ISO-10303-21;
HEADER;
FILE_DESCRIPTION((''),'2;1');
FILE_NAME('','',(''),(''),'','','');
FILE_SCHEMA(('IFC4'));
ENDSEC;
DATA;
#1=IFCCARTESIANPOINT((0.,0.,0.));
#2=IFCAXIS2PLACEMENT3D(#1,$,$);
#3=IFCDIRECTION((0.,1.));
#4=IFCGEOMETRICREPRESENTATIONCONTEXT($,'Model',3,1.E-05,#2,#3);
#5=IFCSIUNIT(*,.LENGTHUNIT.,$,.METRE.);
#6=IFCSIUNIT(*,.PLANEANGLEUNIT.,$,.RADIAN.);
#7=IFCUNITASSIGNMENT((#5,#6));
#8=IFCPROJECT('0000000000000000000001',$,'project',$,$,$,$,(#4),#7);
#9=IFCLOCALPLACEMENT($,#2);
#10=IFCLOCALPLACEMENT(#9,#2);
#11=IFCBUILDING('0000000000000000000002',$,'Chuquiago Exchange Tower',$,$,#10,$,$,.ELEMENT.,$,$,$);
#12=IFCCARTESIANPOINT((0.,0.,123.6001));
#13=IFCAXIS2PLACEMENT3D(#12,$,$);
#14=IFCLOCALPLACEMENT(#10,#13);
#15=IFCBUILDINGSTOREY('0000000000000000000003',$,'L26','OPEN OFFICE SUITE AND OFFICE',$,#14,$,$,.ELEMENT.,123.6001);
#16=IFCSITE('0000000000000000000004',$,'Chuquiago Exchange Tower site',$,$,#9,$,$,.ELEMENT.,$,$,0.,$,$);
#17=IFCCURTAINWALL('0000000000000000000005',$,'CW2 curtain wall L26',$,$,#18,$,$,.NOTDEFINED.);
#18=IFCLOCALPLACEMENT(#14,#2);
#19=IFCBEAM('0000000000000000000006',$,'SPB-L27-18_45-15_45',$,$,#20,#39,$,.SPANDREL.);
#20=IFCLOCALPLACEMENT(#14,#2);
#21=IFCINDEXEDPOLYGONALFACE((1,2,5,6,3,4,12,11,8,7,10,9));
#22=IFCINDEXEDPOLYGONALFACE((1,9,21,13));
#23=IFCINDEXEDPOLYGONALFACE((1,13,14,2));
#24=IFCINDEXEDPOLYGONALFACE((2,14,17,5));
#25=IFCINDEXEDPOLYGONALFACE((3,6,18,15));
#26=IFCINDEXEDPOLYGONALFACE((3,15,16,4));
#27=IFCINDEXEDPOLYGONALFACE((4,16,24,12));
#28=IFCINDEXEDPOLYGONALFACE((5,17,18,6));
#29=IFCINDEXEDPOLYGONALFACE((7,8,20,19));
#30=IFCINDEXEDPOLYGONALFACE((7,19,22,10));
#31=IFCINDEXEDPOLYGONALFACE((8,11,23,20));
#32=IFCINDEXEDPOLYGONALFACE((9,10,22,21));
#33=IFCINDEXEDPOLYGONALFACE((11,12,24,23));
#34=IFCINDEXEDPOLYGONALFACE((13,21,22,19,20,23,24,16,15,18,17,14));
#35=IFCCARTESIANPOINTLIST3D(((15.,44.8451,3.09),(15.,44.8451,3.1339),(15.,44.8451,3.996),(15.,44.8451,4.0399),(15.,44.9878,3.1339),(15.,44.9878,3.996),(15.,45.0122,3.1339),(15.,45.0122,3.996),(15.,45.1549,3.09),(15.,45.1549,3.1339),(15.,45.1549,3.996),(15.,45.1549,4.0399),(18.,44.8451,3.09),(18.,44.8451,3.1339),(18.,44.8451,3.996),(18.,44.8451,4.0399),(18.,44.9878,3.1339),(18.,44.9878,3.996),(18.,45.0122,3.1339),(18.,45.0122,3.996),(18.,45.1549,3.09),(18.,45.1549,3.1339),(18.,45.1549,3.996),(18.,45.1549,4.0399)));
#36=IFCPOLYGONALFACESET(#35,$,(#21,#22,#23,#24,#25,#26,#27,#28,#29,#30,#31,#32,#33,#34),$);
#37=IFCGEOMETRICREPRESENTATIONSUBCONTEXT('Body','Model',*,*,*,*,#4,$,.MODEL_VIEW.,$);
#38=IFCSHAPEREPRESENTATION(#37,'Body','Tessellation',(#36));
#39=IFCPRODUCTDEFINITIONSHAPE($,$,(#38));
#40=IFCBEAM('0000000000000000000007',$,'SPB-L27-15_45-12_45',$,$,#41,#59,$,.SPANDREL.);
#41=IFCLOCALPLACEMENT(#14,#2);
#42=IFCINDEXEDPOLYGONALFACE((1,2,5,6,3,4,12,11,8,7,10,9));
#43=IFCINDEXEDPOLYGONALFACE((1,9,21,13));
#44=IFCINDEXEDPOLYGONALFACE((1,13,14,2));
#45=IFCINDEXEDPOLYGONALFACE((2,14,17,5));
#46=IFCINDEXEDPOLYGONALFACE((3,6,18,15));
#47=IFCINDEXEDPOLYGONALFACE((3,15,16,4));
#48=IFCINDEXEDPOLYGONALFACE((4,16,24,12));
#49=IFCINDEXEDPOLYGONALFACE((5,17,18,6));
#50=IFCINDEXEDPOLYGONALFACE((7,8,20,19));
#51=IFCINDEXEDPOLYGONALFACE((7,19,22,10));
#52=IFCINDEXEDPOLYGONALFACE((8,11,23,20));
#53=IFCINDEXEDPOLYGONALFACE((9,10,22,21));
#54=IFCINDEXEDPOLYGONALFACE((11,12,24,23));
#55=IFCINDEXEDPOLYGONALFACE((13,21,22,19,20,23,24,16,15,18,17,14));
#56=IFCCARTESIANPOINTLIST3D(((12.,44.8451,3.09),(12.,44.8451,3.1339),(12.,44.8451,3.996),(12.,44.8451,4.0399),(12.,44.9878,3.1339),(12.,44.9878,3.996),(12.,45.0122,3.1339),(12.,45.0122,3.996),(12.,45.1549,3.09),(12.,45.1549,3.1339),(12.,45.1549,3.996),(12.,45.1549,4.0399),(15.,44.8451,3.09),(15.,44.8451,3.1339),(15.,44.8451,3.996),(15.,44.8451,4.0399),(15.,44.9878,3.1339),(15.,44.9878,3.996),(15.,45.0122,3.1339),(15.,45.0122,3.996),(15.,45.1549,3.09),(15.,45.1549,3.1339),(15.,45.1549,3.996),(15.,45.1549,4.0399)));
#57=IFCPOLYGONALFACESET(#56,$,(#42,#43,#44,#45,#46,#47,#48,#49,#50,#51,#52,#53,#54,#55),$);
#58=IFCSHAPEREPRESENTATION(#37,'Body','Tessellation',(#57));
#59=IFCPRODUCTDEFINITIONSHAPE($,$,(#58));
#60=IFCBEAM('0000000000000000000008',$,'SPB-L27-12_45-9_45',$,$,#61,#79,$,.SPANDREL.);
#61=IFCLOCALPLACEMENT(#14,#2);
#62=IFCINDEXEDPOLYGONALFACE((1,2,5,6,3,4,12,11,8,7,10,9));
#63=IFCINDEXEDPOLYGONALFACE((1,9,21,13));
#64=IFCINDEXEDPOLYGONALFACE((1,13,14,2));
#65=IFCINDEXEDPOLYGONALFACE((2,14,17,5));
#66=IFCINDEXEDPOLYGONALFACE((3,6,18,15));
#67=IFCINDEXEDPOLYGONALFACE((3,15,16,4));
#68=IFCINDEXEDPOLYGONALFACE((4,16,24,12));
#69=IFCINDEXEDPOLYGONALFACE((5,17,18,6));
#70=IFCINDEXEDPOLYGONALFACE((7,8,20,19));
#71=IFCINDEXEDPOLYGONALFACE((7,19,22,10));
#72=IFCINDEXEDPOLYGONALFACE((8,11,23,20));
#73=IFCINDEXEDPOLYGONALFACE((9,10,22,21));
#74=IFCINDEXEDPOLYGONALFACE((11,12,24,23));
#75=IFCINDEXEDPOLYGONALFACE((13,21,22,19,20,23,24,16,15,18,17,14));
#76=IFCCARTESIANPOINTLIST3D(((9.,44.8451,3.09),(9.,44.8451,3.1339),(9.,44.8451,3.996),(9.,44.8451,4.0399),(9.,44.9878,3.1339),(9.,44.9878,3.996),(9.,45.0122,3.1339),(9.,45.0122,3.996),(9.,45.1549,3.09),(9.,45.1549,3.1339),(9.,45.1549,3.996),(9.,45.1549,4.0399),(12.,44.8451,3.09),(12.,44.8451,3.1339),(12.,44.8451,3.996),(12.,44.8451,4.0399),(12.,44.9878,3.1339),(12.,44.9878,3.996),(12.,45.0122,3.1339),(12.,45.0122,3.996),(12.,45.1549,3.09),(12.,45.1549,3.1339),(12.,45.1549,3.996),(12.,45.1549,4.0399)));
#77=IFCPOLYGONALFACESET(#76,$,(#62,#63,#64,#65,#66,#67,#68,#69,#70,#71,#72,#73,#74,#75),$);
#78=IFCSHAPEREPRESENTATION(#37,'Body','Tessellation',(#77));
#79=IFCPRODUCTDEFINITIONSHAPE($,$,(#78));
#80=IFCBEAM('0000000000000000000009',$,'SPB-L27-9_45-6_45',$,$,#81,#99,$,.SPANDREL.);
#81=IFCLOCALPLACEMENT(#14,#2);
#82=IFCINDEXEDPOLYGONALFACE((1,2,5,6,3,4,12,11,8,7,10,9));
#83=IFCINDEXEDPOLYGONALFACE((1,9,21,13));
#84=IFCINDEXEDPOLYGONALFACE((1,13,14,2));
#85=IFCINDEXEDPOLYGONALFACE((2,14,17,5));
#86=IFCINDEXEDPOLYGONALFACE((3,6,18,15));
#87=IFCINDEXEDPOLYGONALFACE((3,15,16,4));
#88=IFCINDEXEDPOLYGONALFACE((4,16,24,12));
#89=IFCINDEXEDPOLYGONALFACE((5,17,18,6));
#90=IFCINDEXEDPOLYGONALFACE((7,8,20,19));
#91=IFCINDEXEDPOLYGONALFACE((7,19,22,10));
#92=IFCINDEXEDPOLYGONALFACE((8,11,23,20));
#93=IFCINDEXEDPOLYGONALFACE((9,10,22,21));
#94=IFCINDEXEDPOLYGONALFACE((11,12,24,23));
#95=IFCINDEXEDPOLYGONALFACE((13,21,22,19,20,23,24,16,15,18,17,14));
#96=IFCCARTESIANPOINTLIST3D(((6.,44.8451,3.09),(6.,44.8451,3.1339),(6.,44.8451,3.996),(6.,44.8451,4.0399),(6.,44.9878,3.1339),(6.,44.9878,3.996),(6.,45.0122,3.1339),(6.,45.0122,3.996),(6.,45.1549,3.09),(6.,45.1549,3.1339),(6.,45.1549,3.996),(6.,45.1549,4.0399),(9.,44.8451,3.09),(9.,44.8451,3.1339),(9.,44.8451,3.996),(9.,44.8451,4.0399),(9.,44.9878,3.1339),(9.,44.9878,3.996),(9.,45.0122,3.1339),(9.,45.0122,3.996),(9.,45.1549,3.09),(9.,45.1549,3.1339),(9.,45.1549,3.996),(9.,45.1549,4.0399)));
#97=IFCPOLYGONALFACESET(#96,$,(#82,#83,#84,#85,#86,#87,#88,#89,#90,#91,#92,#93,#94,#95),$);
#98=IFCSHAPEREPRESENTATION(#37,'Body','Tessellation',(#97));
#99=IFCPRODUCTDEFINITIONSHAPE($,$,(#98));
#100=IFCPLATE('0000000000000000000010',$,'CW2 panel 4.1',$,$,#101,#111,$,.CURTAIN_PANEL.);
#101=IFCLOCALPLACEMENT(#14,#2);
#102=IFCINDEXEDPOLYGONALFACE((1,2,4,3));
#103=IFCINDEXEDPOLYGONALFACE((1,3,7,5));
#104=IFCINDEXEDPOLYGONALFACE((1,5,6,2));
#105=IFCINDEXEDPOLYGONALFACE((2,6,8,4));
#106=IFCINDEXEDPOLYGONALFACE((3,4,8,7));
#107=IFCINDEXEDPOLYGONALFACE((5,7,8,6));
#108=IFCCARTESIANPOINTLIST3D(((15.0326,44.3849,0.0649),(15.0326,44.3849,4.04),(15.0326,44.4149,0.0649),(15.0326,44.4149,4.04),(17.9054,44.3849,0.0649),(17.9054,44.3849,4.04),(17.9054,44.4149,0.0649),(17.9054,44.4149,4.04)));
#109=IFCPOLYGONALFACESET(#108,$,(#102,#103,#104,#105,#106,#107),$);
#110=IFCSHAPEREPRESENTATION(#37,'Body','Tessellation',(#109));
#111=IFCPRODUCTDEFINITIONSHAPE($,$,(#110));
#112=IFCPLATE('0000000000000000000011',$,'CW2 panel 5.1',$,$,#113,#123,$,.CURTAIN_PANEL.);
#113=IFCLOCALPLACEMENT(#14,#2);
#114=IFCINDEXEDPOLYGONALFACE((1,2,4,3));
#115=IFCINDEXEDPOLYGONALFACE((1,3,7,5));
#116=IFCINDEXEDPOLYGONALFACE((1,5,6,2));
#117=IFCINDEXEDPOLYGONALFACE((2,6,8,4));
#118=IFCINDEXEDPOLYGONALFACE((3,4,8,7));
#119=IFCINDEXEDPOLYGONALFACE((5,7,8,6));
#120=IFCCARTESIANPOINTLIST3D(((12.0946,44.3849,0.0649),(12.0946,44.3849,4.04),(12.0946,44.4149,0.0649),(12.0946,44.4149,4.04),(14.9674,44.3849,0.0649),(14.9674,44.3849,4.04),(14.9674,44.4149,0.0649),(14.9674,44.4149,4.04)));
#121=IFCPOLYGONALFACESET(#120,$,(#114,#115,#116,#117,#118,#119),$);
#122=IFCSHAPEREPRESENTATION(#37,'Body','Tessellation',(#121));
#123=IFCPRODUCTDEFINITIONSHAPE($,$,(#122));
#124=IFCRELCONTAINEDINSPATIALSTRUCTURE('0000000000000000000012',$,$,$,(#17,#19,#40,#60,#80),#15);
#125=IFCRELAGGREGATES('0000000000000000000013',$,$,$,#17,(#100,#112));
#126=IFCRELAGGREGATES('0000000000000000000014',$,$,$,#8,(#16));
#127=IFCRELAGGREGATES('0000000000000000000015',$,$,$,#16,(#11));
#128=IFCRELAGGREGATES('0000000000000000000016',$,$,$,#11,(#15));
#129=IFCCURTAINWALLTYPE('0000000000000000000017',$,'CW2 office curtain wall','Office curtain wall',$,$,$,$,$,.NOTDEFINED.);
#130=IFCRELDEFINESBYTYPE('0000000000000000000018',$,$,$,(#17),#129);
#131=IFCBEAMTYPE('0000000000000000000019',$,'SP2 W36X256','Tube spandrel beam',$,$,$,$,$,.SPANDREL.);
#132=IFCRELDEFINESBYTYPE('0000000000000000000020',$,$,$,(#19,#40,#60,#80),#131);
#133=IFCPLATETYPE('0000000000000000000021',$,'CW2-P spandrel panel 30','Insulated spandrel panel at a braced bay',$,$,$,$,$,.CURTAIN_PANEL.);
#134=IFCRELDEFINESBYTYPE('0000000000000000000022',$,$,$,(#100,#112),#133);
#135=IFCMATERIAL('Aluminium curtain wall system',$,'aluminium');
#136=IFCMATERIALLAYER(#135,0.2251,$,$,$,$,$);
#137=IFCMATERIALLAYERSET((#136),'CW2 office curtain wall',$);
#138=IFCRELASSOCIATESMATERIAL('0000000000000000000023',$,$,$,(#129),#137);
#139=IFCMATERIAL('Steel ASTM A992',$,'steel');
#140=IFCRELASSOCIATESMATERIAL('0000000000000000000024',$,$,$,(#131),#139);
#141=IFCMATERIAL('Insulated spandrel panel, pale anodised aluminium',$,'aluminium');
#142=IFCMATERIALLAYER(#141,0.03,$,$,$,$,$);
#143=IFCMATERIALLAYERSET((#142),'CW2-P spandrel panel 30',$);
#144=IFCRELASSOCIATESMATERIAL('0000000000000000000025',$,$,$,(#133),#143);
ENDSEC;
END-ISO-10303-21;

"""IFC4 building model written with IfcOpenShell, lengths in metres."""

from ifc_helpers import new_model, si_unit, direction, frame, origin, origin_2d, place, context, subcontext, project, spatial, rectangle, i_section, extrude, material, layer, layer_set, material_profile, profile_set, type_object, element, aggregate, save


model = new_model("IFC4")

# Units and contexts
model_context = context("Model", 3, precision=1e-05, world=origin(), true_north=direction((0.0, 1.0)))
body_context = subcontext(model_context, "Body", "Model", "MODEL_VIEW")
ifc_project = project(units=[si_unit("LENGTHUNIT", "METRE"), si_unit("PLANEANGLEUNIT", "RADIAN")], contexts=[model_context])

# Site, building, storey
site_placement = place(None, origin())
site = spatial("IfcSite", under=ifc_project, at=site_placement, Name="Chuquiago Exchange Tower site", CompositionType="ELEMENT", RefElevation=0.0)
building_placement = place(site_placement, origin())
building = spatial("IfcBuilding", under=site, at=building_placement, Name="Chuquiago Exchange Tower", CompositionType="ELEMENT")
storey_placement = place(building_placement, frame((0.0, 0.0, 123.6001)))
storey = spatial("IfcBuildingStorey", under=building, at=storey_placement, Name="L26", Description="OPEN OFFICE SUITE AND OFFICE", CompositionType="ELEMENT", Elevation=123.6001)

# Curtain wall
ifc_material_1 = material(Name="Aluminium curtain wall system", Category="aluminium")
ifc_layer_1 = layer(ifc_material_1, 0.2251)
ifc_layer_set_1 = layer_set([ifc_layer_1], Name="CW2 office curtain wall")
curtain_wall_type = type_object("IfcCurtainWallType", Name="CW2 office curtain wall", Description="Office curtain wall", PredefinedType="NOTDEFINED", material=ifc_layer_set_1)
curtain_wall_placement = place(storey_placement, origin())
curtain_wall = element("IfcCurtainWall", 1, at=curtain_wall_placement, inside=storey, type_object=curtain_wall_type, Name="CW2 curtain wall L26", PredefinedType="NOTDEFINED")

# Beams
ifc_material_2 = material(Name="Steel ASTM A992", Category="steel")
ifc_material_profile_1 = material_profile(ifc_material_2, i_section(OverallWidth=0.3098, OverallDepth=0.95, WebThickness=0.0244, FlangeThickness=0.0439, at=origin_2d()), Name="W36X256")
ifc_profile_set_1 = profile_set([ifc_material_profile_1], Name="Steel ASTM A992")
beam_type = type_object("IfcBeamType", Name="SP2 W36X256", Description="Tube spandrel beam", PredefinedType="SPANDREL", material=ifc_profile_set_1)
for number, where, z_axis, x_axis, name in (
    (2, (18.0, 45.0, 3.5649), (-1.0, 0.0, 0.0), (0.0, -1.0, 0.0), "SPB-L27-18_45-15_45"),
    (3, (15.0, 45.0, 3.5649), (-1.0, 0.0, 0.0), (0.0, -1.0, 0.0), "SPB-L27-15_45-12_45"),
    (4, (12.0, 45.0, 3.5649), (-1.0, 0.0, 0.0), (0.0, -1.0, 0.0), "SPB-L27-12_45-9_45"),
    (5, (9.0, 45.0, 3.5649), (-1.0, 0.0, 0.0), (0.0, -1.0, 0.0), "SPB-L27-9_45-6_45"),
):
    element("IfcBeam", number, at=place(storey_placement, frame(where, z_axis=z_axis, x_axis=x_axis)), inside=storey, type_object=beam_type, Name=name, PredefinedType="SPANDREL", context=body_context, shape_type="SweptSolid", body=[
        extrude(i_section(OverallWidth=0.3098, OverallDepth=0.95, WebThickness=0.0244, FlangeThickness=0.0439, at=origin_2d()), origin(), (0.0, 0.0, 1.0), 3.0),
    ])

# Plates
ifc_material_3 = material(Name="Insulated spandrel panel, pale anodised aluminium", Category="aluminium")
ifc_layer_2 = layer(ifc_material_3, 0.03)
ifc_layer_set_2 = layer_set([ifc_layer_2], Name="CW2-P spandrel panel 30")
plate_type = type_object("IfcPlateType", Name="CW2-P spandrel panel 30", Description="Insulated spandrel panel at a braced bay", PredefinedType="CURTAIN_PANEL", material=ifc_layer_set_2)
plate_1_placement = place(storey_placement, frame((16.469, 44.3999, 0.0649), z_axis=(0.0, 0.0, 1.0), x_axis=(-1.0, 0.0, 0.0)))
plate_1 = element("IfcPlate", 6, at=plate_1_placement, type_object=plate_type, Name="CW2 panel 4.1", PredefinedType="CURTAIN_PANEL", context=body_context, shape_type="SweptSolid", body=[
    extrude(rectangle(XDim=2.8728, YDim=0.03, at=origin_2d()), origin(), (0.0, 0.0, 1.0), 3.9751),
])
plate_2_placement = place(storey_placement, frame((13.531, 44.3999, 0.0649), z_axis=(0.0, 0.0, 1.0), x_axis=(-1.0, 0.0, 0.0)))
plate_2 = element("IfcPlate", 7, at=plate_2_placement, type_object=plate_type, Name="CW2 panel 5.1", PredefinedType="CURTAIN_PANEL", context=body_context, shape_type="SweptSolid", body=[
    extrude(rectangle(XDim=2.8728, YDim=0.03, at=origin_2d()), origin(), (0.0, 0.0, 1.0), 3.9751),
])
aggregate(curtain_wall, [plate_1, plate_2])

save(model, "model.ifc")
